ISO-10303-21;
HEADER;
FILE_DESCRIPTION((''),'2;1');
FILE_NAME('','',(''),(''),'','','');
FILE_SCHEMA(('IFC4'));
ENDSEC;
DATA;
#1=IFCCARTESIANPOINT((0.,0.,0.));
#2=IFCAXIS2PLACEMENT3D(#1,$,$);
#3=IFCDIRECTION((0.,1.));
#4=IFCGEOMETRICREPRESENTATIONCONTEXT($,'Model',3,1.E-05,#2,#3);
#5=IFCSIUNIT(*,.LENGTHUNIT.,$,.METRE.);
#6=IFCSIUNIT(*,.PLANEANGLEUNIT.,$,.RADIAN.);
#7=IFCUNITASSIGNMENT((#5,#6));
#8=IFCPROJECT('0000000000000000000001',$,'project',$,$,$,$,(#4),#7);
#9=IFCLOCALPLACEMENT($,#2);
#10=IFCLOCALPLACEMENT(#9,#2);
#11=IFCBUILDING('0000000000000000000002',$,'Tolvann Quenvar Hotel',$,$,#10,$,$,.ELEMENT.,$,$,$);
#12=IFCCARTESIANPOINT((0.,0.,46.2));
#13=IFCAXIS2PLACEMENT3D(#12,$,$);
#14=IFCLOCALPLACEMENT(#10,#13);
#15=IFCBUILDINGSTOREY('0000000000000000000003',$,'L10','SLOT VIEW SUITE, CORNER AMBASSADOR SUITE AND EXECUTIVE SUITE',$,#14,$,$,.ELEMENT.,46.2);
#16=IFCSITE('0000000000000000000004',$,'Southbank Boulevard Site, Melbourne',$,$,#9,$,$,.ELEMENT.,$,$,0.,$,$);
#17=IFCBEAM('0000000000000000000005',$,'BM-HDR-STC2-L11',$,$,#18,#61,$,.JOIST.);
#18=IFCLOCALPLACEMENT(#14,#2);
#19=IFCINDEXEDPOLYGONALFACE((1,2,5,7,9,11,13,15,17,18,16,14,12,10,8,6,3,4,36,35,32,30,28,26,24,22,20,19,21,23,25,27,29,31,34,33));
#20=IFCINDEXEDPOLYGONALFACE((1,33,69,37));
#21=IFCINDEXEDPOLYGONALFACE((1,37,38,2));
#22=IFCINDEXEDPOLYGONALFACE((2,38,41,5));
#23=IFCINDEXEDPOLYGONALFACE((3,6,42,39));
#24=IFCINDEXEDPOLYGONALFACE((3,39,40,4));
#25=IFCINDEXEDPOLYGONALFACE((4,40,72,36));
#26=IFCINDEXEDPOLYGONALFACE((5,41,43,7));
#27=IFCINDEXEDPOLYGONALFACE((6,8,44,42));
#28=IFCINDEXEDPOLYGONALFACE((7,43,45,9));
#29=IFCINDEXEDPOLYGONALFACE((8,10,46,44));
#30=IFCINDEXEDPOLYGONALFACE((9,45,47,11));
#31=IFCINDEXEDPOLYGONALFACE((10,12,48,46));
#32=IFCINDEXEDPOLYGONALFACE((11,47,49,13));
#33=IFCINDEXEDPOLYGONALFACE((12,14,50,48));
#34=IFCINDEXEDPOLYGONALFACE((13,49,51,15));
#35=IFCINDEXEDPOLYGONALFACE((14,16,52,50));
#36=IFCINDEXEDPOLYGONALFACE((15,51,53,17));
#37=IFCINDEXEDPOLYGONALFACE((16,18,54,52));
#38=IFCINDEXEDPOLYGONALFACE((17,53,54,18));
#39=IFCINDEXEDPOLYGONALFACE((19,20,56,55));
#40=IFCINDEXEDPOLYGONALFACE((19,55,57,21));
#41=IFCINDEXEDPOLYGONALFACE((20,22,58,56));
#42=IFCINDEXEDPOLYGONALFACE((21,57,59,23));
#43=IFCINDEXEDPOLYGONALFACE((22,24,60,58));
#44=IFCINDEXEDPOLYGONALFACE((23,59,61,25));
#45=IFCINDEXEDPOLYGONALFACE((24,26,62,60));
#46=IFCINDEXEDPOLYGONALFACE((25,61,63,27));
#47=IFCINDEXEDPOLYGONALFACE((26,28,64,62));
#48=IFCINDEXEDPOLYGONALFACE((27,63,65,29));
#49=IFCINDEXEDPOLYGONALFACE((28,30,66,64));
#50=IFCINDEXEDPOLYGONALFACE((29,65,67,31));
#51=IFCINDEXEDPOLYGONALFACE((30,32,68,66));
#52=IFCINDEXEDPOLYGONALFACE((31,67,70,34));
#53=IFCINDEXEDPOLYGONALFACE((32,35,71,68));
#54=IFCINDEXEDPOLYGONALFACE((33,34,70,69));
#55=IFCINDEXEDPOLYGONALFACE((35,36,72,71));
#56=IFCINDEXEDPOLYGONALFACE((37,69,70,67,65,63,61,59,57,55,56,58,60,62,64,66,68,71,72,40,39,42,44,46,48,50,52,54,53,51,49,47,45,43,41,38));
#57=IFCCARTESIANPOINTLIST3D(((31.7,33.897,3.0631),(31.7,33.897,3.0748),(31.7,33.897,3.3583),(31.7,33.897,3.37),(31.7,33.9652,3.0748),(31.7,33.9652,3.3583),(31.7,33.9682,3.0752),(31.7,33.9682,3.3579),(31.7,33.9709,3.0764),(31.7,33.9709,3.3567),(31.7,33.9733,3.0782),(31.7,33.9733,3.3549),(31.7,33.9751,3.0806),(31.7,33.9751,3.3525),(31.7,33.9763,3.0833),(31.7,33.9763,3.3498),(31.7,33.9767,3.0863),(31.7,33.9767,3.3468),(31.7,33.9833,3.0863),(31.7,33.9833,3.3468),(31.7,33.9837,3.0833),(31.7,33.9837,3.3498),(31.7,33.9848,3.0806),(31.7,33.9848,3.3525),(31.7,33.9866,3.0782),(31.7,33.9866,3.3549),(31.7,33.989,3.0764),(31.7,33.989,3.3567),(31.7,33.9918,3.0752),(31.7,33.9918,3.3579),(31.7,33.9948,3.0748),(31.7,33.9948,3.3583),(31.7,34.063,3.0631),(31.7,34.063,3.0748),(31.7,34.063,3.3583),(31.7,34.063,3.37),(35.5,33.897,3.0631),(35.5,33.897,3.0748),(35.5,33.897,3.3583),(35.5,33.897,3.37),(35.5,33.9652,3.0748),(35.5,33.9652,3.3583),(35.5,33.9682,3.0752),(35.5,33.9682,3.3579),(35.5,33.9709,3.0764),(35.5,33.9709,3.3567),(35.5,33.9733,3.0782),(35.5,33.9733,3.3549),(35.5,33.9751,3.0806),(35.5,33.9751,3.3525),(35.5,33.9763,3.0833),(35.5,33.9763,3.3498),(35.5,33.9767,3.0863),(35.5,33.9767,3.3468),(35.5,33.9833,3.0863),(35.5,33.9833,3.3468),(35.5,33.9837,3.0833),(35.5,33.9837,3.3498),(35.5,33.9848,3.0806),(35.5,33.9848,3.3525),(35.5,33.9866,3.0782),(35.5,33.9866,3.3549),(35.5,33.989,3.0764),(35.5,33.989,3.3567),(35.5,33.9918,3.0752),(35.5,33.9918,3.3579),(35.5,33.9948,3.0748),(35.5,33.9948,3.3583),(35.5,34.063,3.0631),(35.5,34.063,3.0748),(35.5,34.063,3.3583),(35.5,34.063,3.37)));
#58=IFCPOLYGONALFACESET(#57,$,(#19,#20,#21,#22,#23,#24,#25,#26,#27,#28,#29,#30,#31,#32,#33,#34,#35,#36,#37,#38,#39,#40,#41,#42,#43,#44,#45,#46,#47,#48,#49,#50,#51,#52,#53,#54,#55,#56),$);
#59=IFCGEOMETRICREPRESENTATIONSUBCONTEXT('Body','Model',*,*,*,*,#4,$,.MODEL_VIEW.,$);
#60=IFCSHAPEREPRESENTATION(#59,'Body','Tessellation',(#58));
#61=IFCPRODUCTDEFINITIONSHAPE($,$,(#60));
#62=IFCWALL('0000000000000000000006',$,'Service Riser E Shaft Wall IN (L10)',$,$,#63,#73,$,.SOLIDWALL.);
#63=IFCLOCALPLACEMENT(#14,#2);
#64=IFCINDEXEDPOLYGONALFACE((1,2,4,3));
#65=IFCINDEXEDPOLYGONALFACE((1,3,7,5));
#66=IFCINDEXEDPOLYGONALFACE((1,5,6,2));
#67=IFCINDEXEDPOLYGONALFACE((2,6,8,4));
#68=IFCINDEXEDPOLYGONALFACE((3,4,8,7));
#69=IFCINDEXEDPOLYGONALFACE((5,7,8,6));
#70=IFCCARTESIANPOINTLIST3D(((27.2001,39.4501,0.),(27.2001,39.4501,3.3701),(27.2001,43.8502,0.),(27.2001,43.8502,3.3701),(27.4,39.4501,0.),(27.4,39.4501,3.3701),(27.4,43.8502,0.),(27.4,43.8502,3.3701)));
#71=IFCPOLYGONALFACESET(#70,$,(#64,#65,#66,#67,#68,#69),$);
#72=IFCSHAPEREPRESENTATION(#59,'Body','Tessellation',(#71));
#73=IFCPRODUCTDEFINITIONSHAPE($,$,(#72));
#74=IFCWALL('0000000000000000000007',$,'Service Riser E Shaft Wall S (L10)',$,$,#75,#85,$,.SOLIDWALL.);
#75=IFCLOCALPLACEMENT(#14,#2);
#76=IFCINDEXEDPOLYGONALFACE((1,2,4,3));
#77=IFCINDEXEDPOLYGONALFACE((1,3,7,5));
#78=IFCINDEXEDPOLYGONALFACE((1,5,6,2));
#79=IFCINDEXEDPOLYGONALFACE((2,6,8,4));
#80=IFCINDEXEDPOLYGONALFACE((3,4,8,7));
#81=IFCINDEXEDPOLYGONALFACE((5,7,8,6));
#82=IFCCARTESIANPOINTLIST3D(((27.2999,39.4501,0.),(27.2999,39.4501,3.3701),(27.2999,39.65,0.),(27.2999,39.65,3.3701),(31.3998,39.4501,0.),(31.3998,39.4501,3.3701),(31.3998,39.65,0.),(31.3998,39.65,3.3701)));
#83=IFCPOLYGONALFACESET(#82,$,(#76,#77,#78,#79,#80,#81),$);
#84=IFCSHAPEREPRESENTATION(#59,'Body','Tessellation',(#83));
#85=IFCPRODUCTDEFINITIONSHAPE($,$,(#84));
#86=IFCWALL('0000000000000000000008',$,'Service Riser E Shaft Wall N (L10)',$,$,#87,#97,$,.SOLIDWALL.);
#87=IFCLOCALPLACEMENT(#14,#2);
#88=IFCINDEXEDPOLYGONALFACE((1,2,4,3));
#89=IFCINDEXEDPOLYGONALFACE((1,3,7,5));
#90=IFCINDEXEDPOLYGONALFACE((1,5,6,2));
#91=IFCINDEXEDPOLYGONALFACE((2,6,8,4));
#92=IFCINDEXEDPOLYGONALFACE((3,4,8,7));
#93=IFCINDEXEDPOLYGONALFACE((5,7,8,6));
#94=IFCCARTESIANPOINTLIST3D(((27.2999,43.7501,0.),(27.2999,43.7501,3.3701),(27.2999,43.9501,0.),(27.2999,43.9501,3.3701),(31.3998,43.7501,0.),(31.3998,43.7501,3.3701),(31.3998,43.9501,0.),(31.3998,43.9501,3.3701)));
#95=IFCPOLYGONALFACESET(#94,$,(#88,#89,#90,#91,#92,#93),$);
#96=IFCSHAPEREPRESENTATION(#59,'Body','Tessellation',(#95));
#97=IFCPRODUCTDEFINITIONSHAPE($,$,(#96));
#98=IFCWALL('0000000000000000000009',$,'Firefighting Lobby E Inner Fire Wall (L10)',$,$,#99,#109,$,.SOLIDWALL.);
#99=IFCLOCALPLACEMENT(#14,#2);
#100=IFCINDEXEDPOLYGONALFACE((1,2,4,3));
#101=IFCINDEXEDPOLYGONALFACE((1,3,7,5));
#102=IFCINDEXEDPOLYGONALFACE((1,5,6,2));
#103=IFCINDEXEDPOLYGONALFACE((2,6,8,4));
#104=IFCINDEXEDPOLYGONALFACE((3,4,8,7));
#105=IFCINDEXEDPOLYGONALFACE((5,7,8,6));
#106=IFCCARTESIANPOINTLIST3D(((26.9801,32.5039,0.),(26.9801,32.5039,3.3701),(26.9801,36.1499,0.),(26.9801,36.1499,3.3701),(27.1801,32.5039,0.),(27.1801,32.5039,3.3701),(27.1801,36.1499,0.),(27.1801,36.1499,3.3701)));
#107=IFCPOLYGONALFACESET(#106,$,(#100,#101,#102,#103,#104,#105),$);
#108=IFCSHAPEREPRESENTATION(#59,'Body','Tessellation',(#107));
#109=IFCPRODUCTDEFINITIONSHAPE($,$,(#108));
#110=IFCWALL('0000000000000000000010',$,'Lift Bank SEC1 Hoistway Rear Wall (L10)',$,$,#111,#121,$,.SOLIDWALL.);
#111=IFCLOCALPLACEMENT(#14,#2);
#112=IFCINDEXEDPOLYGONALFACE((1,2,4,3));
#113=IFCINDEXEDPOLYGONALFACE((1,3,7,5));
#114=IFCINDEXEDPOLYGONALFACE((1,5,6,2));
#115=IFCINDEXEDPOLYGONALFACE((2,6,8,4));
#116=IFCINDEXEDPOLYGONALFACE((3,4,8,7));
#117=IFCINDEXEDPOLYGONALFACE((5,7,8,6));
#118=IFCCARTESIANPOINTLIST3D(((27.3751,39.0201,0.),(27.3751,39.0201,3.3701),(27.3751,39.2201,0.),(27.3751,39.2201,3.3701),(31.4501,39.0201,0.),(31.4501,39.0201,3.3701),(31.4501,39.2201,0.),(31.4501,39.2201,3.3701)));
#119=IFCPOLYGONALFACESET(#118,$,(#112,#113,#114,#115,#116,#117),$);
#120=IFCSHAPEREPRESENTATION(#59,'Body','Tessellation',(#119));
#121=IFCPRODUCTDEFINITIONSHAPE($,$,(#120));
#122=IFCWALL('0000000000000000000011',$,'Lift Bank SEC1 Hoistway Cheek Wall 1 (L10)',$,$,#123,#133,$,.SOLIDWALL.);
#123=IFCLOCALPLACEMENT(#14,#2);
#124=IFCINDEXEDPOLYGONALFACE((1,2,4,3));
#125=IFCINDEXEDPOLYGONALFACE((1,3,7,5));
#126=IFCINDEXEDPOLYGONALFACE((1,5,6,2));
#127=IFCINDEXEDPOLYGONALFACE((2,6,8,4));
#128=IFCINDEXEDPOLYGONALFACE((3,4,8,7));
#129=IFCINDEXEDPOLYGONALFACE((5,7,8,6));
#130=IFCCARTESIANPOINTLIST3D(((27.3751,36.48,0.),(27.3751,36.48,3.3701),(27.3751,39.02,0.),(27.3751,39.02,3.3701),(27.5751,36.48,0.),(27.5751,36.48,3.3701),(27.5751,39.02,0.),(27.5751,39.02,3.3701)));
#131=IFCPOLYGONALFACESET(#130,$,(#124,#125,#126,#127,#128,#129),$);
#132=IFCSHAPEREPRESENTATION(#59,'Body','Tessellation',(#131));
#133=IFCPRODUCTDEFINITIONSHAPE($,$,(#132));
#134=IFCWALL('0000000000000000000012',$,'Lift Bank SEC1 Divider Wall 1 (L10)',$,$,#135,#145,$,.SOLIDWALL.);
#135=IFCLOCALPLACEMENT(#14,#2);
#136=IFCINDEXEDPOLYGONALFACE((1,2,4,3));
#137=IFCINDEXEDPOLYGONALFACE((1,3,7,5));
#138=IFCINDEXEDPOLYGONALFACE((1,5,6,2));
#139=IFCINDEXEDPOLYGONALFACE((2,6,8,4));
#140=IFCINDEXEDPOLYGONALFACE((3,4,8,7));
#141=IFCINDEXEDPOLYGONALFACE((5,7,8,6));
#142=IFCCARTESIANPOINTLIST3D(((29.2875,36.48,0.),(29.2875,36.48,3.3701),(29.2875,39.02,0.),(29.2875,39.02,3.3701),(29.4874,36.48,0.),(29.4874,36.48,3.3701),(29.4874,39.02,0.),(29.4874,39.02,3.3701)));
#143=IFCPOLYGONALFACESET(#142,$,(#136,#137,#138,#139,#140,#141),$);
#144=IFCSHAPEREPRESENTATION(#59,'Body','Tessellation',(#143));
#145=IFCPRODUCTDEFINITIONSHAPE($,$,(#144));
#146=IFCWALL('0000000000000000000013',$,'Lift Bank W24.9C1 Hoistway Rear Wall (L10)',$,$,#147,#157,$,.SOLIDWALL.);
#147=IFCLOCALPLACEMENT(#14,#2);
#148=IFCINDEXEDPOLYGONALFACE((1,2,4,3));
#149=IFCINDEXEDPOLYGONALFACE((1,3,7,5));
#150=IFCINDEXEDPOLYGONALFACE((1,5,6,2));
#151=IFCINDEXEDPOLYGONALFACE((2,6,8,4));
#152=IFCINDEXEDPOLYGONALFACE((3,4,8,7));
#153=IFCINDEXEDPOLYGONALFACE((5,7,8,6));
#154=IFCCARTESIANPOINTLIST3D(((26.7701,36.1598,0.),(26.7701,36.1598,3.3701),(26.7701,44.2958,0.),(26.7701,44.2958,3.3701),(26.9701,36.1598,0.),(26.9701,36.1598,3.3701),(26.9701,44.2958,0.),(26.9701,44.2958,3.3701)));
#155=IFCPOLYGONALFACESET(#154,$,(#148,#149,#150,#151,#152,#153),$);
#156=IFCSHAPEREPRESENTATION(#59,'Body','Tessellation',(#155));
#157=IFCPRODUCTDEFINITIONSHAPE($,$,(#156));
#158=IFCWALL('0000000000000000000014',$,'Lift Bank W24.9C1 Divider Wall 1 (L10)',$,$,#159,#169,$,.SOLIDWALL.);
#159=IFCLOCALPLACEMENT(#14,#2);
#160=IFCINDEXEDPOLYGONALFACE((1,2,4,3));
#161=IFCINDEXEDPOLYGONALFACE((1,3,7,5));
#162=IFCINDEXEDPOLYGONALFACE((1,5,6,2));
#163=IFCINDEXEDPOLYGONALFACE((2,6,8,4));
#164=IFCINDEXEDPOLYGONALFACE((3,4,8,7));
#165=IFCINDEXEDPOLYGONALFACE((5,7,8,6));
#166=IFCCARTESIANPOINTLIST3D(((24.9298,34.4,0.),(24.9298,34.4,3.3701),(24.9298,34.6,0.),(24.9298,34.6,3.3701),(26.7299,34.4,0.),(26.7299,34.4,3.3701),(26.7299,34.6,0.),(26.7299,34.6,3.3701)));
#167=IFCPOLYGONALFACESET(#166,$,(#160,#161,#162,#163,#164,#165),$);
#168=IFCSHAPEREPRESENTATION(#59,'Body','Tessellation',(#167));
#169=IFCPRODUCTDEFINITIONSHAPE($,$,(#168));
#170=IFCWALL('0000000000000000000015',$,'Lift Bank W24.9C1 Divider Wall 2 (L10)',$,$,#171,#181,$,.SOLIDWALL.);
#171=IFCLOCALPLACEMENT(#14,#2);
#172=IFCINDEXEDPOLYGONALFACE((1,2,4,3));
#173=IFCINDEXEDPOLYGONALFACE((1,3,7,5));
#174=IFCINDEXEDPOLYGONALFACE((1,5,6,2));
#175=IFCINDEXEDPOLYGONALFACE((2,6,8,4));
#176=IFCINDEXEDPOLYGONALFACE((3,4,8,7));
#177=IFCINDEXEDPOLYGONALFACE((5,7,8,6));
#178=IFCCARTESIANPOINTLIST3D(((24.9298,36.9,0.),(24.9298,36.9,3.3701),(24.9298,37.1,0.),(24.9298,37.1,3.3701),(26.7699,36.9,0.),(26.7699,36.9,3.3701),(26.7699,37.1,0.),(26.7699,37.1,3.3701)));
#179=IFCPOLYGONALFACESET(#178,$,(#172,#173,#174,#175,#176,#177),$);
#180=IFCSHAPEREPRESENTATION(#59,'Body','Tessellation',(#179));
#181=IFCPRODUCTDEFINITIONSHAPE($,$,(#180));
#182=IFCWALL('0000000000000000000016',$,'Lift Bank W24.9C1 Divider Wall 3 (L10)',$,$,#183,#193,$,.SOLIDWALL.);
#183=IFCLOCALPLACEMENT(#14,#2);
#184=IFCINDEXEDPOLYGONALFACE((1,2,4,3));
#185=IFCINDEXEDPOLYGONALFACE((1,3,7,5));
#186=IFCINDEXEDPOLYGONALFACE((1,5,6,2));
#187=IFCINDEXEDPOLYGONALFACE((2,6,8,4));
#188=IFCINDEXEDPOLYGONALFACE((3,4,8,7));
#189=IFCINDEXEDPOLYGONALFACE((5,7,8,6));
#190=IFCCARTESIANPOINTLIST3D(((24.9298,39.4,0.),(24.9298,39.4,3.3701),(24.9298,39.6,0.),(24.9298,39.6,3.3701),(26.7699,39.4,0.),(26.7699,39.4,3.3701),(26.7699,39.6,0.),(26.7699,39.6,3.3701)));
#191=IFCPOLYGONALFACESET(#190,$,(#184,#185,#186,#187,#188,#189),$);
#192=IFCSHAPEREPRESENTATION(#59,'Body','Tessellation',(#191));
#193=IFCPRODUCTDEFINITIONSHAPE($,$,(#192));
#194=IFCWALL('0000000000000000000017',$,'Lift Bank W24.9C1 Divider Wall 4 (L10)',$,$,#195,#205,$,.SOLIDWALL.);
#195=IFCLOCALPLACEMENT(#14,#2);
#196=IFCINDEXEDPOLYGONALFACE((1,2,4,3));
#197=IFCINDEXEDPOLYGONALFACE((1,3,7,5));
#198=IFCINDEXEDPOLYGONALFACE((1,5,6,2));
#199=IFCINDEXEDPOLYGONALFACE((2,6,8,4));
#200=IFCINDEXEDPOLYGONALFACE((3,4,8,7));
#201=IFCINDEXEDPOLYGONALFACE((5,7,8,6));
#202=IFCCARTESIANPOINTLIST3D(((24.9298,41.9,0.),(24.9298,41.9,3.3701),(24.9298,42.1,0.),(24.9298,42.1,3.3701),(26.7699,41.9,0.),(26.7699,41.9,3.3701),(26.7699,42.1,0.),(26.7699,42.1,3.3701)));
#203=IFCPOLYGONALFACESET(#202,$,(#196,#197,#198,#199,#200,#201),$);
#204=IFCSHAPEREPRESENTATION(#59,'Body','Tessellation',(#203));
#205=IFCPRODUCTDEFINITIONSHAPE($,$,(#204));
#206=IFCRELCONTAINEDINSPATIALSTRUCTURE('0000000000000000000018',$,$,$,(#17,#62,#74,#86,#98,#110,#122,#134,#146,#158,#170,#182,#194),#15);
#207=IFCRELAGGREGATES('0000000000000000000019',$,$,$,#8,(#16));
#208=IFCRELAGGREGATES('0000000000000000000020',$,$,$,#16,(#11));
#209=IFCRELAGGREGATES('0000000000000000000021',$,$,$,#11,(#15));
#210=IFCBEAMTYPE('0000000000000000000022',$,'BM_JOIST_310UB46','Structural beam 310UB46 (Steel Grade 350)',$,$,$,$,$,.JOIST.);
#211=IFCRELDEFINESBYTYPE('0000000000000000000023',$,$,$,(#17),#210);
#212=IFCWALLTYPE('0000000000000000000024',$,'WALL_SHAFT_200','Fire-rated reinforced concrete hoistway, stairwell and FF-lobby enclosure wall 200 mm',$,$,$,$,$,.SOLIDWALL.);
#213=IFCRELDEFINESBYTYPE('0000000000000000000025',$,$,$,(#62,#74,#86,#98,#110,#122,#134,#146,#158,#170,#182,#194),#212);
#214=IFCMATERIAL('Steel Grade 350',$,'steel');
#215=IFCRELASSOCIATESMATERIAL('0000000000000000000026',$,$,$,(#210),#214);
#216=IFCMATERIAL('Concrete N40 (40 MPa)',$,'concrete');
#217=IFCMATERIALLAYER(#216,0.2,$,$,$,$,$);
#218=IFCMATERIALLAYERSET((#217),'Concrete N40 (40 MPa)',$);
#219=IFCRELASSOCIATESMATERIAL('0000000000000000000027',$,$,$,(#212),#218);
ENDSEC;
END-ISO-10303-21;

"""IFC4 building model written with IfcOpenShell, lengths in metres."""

from ifc_helpers import new_model, si_unit, direction, frame, frame_2d, origin, origin_2d, place, context, subcontext, project, spatial, rectangle, i_section, extrude, source, transform, mapped, material, layer, layer_set, material_profile, profile_set, type_object, type_shapes, element, save


model = new_model("IFC4")

# Units and contexts
model_context = context("Model", 3, precision=1e-05, world=origin(), true_north=direction((0.0, 1.0)))
body_context = subcontext(model_context, "Body", "Model", "MODEL_VIEW")
ifc_project = project(units=[si_unit("LENGTHUNIT", "METRE"), si_unit("PLANEANGLEUNIT", "RADIAN")], contexts=[model_context])

# Site, building, storey
site_placement = place(None, origin())
site = spatial("IfcSite", under=ifc_project, at=site_placement, Name="Southbank Boulevard Site, Melbourne", CompositionType="ELEMENT", RefElevation=0.0)
building_placement = place(site_placement, origin())
building = spatial("IfcBuilding", under=site, at=building_placement, Name="Tolvann Quenvar Hotel", CompositionType="ELEMENT")
storey_placement = place(building_placement, frame((0.0, 0.0, 46.2)))
storey = spatial("IfcBuildingStorey", under=building, at=storey_placement, Name="L10", Description="SLOT VIEW SUITE, CORNER AMBASSADOR SUITE AND EXECUTIVE SUITE", CompositionType="ELEMENT", Elevation=46.2)

# Beam
ifc_material_1 = material(Name="Steel Grade 350", Category="steel")
ifc_material_profile = material_profile(ifc_material_1, i_section(OverallWidth=0.166, OverallDepth=0.3069, WebThickness=0.0066, FlangeThickness=0.0117, FilletRadius=0.0115, at=origin_2d()), Name="310UB46")
ifc_profile_set = profile_set([ifc_material_profile], Name="Steel Grade 350")
beam_type = type_object("IfcBeamType", Name="BM_JOIST_310UB46", Description="Structural beam 310UB46 (Steel Grade 350)", PredefinedType="JOIST", material=ifc_profile_set)
shared_shape_1 = source(origin(), body_context, "Body", "SweptSolid", [
    extrude(i_section(OverallWidth=0.166, OverallDepth=0.3069, WebThickness=0.0066, FlangeThickness=0.0117, FilletRadius=0.0115, at=origin_2d()), origin(), (0.0, 0.0, 1.0), 3.8),
])
type_shapes(beam_type, [shared_shape_1])
beam_placement = place(storey_placement, frame((31.7, 33.98, 3.2166), z_axis=(1.0, 0.0, 0.0), x_axis=(0.0, 1.0, 0.0)))
element("IfcBeam", 1, at=beam_placement, inside=storey, type_object=beam_type, Name="BM-HDR-STC2-L11", PredefinedType="JOIST", context=body_context, shape_type="MappedRepresentation", body=[
    mapped(shared_shape_1, transform((0.0, 0.0, 0.0), x_axis=(1.0, 0.0, 0.0), y_axis=(0.0, 1.0, 0.0), z_axis=(0.0, 0.0, 1.0), scale=1.0)),
])

# Walls
ifc_material_2 = material(Name="Concrete N40 (40 MPa)", Category="concrete")
ifc_layer = layer(ifc_material_2, 0.2)
ifc_layer_set = layer_set([ifc_layer], Name="Concrete N40 (40 MPa)")
wall_type = type_object("IfcWallType", Name="WALL_SHAFT_200", Description="Fire-rated reinforced concrete hoistway, stairwell and FF-lobby enclosure wall 200 mm", PredefinedType="SOLIDWALL", material=ifc_layer_set)
wall_1_placement = place(storey_placement, frame((27.3, 39.45, 0.0), z_axis=(0.0, 0.0, 1.0), x_axis=(0.0, 1.0, 0.0)))
element("IfcWall", 2, at=wall_1_placement, inside=storey, type_object=wall_type, Name="Service Riser E Shaft Wall IN (L10)", PredefinedType="SOLIDWALL", context=body_context, shape_type="SweptSolid", body=[
    extrude(rectangle(XDim=4.4001, YDim=0.2, at=frame_2d((2.2002, 0.0))), origin(), (0.0, 0.0, 1.0), 3.3701),
])
for number, where, z_axis, x_axis, name in (
    (3, (27.3, 39.55, 0.0), (0.0, 0.0, 1.0), (1.0, 0.0, 0.0), "Service Riser E Shaft Wall S (L10)"),
    (4, (27.3, 43.8501, 0.0), (0.0, 0.0, 1.0), (1.0, 0.0, 0.0), "Service Riser E Shaft Wall N (L10)"),
):
    element("IfcWall", number, at=place(storey_placement, frame(where, z_axis=z_axis, x_axis=x_axis)), inside=storey, type_object=wall_type, Name=name, PredefinedType="SOLIDWALL", context=body_context, shape_type="SweptSolid", body=[
        extrude(rectangle(XDim=4.0999, YDim=0.2, at=frame_2d((2.0498, 0.0))), origin(), (0.0, 0.0, 1.0), 3.3701),
    ])
wall_2_placement = place(storey_placement, frame((27.0801, 32.5039, 0.0), z_axis=(0.0, 0.0, 1.0), x_axis=(0.0, 1.0, 0.0)))
element("IfcWall", 5, at=wall_2_placement, inside=storey, type_object=wall_type, Name="Firefighting Lobby E Inner Fire Wall (L10)", PredefinedType="SOLIDWALL", context=body_context, shape_type="SweptSolid", body=[
    extrude(rectangle(XDim=3.646, YDim=0.2, at=frame_2d((1.823, 0.0))), origin(), (0.0, 0.0, 1.0), 3.3701),
])

# Walls
wall_3_placement = place(storey_placement, frame((27.375, 39.1201, 0.0), z_axis=(0.0, 0.0, 1.0), x_axis=(1.0, 0.0, 0.0)))
element("IfcWall", 6, at=wall_3_placement, inside=storey, type_object=wall_type, Name="Lift Bank SEC1 Hoistway Rear Wall (L10)", PredefinedType="SOLIDWALL", context=body_context, shape_type="SweptSolid", body=[
    extrude(rectangle(XDim=4.075, YDim=0.2, at=frame_2d((2.0376, 0.0))), origin(), (0.0, 0.0, 1.0), 3.3701),
])
for number, where, z_axis, x_axis, name in (
    (7, (27.4751, 36.48, 0.0), (0.0, 0.0, 1.0), (0.0, 1.0, 0.0), "Lift Bank SEC1 Hoistway Cheek Wall 1 (L10)"),
    (8, (29.3875, 36.48, 0.0), (0.0, 0.0, 1.0), (0.0, 1.0, 0.0), "Lift Bank SEC1 Divider Wall 1 (L10)"),
):
    element("IfcWall", number, at=place(storey_placement, frame(where, z_axis=z_axis, x_axis=x_axis)), inside=storey, type_object=wall_type, Name=name, PredefinedType="SOLIDWALL", context=body_context, shape_type="SweptSolid", body=[
        extrude(rectangle(XDim=2.54, YDim=0.2, at=frame_2d((1.27, 0.0))), origin(), (0.0, 0.0, 1.0), 3.3701),
    ])
wall_4_placement = place(storey_placement, frame((26.8701, 36.1599, 0.0), z_axis=(0.0, 0.0, 1.0), x_axis=(0.0, 1.0, 0.0)))
element("IfcWall", 9, at=wall_4_placement, inside=storey, type_object=wall_type, Name="Lift Bank W24.9C1 Hoistway Rear Wall (L10)", PredefinedType="SOLIDWALL", context=body_context, shape_type="SweptSolid", body=[
    extrude(rectangle(XDim=8.136, YDim=0.2, at=frame_2d((4.0679, 0.0))), origin(), (0.0, 0.0, 1.0), 3.3701),
])
wall_5_placement = place(storey_placement, frame((24.9299, 34.5, 0.0), z_axis=(0.0, 0.0, 1.0), x_axis=(1.0, 0.0, 0.0)))
element("IfcWall", 10, at=wall_5_placement, inside=storey, type_object=wall_type, Name="Lift Bank W24.9C1 Divider Wall 1 (L10)", PredefinedType="SOLIDWALL", context=body_context, shape_type="SweptSolid", body=[
    extrude(rectangle(XDim=1.8, YDim=0.2, at=frame_2d((0.8999, 0.0))), origin(), (0.0, 0.0, 1.0), 3.3701),
])
for number, where, z_axis, x_axis, name in (
    (11, (24.9299, 37.0, 0.0), (0.0, 0.0, 1.0), (1.0, 0.0, 0.0), "Lift Bank W24.9C1 Divider Wall 2 (L10)"),
    (12, (24.9299, 39.5, 0.0), (0.0, 0.0, 1.0), (1.0, 0.0, 0.0), "Lift Bank W24.9C1 Divider Wall 3 (L10)"),
    (13, (24.9299, 42.0, 0.0), (0.0, 0.0, 1.0), (1.0, 0.0, 0.0), "Lift Bank W24.9C1 Divider Wall 4 (L10)"),
):
    element("IfcWall", number, at=place(storey_placement, frame(where, z_axis=z_axis, x_axis=x_axis)), inside=storey, type_object=wall_type, Name=name, PredefinedType="SOLIDWALL", context=body_context, shape_type="SweptSolid", body=[
        extrude(rectangle(XDim=1.8401, YDim=0.2, at=frame_2d((0.9199, 0.0))), origin(), (0.0, 0.0, 1.0), 3.3701),
    ])

save(model, "model.ifc")
